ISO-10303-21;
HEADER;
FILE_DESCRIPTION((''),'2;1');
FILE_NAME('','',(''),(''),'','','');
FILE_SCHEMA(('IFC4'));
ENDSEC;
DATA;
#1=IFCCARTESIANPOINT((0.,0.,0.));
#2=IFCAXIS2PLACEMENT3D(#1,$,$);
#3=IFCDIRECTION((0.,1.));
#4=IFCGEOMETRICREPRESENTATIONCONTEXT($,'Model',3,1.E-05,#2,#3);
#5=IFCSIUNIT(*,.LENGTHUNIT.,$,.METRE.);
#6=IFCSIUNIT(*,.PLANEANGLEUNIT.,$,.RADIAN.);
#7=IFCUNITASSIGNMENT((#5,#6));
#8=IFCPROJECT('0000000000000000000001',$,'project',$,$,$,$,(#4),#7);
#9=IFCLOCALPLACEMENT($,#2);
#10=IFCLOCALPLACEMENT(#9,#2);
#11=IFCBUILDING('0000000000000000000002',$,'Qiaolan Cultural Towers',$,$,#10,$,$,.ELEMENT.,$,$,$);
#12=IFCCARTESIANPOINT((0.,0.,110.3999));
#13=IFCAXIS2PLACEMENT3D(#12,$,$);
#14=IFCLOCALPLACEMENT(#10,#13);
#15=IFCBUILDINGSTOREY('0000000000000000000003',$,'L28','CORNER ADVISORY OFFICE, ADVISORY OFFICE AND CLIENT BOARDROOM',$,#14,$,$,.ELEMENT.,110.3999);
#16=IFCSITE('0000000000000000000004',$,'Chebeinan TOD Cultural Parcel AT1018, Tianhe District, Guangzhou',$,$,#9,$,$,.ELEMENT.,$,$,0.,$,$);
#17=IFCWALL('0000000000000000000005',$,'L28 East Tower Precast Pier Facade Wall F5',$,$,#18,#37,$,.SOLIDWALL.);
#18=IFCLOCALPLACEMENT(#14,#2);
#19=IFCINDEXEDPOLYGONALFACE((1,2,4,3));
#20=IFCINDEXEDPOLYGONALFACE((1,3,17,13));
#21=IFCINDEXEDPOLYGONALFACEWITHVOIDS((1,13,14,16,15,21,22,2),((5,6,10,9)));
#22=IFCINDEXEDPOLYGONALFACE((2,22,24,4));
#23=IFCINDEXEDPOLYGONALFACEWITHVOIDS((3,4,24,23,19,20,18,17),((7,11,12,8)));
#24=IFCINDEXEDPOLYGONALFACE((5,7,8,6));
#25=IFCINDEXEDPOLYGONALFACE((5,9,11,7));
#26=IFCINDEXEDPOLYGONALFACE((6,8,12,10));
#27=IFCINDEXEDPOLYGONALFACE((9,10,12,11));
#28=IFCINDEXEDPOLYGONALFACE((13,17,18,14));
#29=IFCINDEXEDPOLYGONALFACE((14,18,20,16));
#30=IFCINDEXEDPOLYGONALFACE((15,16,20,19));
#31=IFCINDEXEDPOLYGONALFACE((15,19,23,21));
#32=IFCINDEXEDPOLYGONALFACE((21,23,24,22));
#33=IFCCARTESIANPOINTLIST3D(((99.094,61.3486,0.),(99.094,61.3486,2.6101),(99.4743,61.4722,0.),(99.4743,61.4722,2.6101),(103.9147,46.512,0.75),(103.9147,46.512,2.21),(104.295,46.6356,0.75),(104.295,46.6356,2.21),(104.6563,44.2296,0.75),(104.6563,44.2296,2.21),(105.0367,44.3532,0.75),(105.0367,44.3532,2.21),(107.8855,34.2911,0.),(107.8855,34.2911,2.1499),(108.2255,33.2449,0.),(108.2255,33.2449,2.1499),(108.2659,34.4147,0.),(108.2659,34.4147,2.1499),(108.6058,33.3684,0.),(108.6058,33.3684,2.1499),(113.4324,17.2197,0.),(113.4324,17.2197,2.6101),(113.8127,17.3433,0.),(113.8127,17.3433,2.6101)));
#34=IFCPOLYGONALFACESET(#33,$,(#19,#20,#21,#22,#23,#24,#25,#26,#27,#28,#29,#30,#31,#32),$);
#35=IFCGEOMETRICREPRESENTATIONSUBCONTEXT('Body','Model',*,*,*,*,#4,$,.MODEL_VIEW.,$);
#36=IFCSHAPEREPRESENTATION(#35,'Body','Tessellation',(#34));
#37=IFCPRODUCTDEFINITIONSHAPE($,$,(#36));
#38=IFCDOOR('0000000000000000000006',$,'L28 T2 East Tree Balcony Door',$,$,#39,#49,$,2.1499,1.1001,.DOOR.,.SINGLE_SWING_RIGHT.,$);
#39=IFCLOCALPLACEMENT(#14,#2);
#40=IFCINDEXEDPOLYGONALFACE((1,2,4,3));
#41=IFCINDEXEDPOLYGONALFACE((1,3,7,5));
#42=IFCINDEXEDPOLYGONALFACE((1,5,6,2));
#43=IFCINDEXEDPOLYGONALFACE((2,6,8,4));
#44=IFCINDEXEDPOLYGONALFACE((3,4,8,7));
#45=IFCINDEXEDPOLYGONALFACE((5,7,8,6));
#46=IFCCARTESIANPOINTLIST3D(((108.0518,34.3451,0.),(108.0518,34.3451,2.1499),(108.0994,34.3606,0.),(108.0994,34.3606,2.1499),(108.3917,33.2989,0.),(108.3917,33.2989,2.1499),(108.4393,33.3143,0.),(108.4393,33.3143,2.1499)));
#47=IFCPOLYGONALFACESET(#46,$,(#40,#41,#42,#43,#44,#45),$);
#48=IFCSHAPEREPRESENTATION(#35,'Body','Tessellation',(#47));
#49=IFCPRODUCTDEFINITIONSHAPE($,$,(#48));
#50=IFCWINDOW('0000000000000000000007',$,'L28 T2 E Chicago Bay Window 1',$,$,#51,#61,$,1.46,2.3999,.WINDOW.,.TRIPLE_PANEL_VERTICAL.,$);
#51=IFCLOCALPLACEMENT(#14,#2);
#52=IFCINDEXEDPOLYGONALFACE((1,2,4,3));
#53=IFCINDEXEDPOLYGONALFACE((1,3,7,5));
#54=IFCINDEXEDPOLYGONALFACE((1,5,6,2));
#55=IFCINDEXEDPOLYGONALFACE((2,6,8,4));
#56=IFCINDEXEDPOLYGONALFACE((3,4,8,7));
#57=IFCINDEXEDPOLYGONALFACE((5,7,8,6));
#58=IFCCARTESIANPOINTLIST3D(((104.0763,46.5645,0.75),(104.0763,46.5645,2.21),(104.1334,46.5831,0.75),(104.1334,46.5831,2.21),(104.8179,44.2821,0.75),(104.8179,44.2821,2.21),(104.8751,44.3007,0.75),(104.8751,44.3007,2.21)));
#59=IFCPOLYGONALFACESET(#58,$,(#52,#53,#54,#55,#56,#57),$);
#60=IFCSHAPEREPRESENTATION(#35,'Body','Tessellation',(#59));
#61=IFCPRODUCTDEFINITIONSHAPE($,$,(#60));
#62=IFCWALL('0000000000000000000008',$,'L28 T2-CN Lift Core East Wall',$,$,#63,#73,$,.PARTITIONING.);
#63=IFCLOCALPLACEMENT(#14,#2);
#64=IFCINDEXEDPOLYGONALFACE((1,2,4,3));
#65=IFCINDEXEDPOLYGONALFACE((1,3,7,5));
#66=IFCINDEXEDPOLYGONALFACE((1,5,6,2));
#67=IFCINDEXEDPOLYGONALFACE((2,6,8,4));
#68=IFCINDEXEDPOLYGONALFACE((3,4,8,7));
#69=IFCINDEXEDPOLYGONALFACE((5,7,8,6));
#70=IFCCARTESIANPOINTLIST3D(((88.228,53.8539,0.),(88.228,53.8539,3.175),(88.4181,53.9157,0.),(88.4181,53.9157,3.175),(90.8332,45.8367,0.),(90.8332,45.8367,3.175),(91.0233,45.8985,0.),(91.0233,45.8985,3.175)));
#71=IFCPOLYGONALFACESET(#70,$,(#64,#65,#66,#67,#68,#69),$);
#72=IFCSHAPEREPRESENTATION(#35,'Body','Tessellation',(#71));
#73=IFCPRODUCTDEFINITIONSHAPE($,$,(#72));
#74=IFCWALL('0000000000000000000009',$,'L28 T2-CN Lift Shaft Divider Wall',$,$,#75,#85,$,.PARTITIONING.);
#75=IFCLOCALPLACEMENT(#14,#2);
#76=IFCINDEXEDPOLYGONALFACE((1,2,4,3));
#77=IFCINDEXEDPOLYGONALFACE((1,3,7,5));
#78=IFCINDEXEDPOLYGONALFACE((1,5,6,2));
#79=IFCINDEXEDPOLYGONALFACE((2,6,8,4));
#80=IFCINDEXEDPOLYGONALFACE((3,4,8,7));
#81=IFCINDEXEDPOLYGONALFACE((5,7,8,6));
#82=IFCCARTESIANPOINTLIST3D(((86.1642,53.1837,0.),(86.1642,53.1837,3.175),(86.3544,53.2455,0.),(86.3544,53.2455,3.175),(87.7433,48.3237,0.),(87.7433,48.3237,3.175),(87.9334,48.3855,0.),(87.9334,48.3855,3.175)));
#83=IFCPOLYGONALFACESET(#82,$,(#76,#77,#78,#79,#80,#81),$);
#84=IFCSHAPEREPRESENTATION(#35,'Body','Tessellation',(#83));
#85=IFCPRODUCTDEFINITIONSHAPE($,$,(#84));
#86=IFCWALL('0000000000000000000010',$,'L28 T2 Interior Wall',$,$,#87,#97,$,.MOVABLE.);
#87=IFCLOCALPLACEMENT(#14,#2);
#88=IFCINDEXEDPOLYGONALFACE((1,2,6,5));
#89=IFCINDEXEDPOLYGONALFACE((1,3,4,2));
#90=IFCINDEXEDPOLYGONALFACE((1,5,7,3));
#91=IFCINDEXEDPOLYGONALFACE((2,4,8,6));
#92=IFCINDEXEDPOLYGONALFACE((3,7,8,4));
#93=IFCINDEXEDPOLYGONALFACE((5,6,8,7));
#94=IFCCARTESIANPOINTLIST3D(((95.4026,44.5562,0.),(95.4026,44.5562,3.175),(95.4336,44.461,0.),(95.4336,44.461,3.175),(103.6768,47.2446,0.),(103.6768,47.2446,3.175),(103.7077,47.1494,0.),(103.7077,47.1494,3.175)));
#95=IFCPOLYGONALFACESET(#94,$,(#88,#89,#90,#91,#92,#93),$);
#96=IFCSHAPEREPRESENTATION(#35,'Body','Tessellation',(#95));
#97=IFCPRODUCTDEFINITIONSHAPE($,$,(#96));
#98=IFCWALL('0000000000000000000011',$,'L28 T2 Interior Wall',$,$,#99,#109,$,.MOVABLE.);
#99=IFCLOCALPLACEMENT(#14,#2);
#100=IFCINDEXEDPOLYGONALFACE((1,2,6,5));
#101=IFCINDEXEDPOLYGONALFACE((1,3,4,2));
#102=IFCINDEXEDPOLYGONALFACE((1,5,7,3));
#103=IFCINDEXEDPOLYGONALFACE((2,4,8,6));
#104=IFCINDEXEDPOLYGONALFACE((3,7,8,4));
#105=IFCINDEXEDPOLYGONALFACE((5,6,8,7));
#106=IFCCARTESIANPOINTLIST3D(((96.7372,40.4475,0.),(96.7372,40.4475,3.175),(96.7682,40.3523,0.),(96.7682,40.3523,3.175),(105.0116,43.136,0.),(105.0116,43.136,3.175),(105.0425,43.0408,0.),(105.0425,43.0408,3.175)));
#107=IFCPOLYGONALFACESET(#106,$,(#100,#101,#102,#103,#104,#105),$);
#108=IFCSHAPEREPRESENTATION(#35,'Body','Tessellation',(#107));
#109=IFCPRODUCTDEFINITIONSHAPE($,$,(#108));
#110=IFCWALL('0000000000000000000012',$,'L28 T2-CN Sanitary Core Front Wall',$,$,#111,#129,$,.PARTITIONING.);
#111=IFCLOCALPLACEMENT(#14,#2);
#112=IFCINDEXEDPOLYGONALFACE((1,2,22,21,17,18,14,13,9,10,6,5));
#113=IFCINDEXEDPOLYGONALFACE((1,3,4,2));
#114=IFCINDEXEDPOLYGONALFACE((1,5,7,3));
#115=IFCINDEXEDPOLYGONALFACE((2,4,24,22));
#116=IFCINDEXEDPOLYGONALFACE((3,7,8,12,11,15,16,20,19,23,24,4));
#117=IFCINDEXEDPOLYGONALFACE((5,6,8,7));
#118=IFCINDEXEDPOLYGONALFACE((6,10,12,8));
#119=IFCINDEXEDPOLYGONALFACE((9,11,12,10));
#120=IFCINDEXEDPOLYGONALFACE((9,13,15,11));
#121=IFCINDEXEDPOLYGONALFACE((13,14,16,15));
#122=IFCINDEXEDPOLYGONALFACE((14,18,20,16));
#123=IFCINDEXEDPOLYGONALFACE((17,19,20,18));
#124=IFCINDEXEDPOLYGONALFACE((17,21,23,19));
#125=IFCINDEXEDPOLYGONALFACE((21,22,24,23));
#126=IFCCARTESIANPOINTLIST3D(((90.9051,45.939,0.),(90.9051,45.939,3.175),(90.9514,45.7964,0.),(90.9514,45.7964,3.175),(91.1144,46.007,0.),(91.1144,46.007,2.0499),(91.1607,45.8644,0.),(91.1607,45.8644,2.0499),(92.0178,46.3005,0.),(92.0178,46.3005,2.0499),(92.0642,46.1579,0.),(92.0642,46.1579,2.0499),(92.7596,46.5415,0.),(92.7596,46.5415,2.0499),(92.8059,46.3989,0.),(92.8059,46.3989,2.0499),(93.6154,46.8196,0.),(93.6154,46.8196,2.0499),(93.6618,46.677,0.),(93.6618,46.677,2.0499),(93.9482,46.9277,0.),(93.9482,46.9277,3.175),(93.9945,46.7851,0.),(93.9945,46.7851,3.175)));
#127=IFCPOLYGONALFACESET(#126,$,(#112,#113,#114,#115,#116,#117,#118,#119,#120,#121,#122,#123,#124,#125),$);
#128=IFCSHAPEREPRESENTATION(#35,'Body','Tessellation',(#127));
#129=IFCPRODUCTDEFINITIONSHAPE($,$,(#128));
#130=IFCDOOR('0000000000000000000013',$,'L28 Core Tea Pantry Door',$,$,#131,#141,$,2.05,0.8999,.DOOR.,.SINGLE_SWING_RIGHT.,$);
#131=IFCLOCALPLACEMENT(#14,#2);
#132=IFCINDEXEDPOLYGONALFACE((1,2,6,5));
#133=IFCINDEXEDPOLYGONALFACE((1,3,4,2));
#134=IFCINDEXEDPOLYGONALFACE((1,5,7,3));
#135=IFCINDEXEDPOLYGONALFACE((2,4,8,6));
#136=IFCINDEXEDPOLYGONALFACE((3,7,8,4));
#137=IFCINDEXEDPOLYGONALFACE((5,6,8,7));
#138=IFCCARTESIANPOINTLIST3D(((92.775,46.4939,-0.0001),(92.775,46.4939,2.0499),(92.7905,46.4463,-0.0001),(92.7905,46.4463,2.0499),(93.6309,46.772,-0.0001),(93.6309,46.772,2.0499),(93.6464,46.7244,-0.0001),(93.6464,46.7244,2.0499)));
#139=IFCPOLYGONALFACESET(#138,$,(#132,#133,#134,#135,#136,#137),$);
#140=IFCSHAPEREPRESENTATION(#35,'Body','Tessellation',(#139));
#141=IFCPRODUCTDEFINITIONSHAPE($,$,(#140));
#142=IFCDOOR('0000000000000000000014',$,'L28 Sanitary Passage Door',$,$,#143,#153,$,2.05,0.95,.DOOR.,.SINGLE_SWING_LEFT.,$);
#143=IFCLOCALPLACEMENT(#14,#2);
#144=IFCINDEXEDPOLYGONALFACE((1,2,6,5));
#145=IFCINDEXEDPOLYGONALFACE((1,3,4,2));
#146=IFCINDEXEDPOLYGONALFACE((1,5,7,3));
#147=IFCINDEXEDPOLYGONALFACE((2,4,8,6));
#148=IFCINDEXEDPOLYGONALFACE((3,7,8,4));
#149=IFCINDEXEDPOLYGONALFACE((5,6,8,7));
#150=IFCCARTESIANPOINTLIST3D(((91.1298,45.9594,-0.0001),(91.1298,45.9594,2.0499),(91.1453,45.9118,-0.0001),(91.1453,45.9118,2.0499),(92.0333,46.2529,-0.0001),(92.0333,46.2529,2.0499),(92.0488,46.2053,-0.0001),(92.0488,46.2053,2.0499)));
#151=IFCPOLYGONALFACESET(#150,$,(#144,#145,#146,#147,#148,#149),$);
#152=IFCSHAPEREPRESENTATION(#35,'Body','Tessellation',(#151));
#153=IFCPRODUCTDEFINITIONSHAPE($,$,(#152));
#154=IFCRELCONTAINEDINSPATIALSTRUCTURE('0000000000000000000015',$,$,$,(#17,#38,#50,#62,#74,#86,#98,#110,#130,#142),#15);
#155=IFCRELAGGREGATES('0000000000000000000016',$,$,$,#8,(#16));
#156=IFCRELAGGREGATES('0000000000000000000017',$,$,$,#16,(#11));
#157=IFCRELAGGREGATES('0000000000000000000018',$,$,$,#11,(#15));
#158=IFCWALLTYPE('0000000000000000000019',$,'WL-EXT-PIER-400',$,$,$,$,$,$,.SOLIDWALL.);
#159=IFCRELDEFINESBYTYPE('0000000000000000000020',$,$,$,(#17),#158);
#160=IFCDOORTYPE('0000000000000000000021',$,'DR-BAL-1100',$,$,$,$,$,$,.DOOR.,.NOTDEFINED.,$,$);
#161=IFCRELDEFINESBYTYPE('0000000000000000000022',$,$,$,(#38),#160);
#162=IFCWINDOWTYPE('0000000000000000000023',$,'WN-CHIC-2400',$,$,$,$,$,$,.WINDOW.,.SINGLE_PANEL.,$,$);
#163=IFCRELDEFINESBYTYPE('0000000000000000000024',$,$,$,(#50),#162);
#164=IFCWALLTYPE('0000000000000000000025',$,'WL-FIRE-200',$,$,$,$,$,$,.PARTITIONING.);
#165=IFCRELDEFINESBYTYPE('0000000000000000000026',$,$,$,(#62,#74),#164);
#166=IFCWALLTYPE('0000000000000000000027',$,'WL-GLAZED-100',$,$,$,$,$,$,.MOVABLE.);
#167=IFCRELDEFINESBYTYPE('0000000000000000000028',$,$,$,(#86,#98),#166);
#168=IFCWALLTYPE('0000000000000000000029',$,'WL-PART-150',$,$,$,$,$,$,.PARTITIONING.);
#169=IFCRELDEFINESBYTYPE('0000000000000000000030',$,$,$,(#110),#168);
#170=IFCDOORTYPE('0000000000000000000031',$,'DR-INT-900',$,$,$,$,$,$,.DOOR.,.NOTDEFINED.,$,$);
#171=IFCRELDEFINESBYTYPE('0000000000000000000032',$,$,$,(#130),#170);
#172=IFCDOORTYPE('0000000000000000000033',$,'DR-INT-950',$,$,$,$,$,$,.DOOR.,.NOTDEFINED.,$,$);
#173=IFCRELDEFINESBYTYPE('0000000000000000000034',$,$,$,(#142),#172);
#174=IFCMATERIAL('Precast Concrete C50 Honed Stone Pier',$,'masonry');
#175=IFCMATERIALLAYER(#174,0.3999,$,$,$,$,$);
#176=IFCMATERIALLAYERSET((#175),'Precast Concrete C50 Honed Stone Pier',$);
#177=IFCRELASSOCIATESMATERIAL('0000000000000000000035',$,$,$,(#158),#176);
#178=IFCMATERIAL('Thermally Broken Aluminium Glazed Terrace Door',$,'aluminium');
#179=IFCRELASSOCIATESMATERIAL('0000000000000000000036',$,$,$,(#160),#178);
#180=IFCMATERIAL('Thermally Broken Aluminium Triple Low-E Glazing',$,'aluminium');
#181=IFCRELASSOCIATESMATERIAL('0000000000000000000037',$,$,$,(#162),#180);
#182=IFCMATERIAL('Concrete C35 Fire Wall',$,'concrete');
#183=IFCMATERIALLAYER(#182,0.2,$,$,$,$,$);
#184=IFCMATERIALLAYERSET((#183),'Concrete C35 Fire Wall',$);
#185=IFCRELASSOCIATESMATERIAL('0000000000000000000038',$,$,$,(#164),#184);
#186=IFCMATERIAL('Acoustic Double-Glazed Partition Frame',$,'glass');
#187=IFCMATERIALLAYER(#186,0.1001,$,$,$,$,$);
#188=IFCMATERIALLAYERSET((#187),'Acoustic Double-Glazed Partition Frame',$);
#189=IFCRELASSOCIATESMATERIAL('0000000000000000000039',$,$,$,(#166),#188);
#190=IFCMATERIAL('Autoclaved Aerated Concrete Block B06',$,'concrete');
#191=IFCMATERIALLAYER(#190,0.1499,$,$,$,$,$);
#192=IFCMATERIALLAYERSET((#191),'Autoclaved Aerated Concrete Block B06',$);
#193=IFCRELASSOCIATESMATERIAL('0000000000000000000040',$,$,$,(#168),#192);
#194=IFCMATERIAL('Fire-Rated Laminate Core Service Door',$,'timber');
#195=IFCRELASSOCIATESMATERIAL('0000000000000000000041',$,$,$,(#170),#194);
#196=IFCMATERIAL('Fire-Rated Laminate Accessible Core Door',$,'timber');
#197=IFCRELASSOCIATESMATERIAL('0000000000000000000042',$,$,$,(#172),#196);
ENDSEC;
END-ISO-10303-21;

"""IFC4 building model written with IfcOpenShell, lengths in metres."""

from ifc_helpers import new_model, si_unit, direction, frame, frame_2d, origin, place, context, subcontext, project, spatial, rectangle, extrude, material, layer, layer_set, type_object, element, fill, save


model = new_model("IFC4")

# Units and contexts
model_context = context("Model", 3, precision=1e-05, world=origin(), true_north=direction((0.0, 1.0)))
body_context = subcontext(model_context, "Body", "Model", "MODEL_VIEW")
ifc_project = project(units=[si_unit("LENGTHUNIT", "METRE"), si_unit("PLANEANGLEUNIT", "RADIAN")], contexts=[model_context])

# Site, building, storey
site_placement = place(None, origin())
site = spatial("IfcSite", under=ifc_project, at=site_placement, Name="Chebeinan TOD Cultural Parcel AT1018, Tianhe District, Guangzhou", CompositionType="ELEMENT", RefElevation=0.0)
building_placement = place(site_placement, origin())
building = spatial("IfcBuilding", under=site, at=building_placement, Name="Qiaolan Cultural Towers", CompositionType="ELEMENT")
storey_placement = place(building_placement, frame((0.0, 0.0, 110.3999)))
storey = spatial("IfcBuildingStorey", under=building, at=storey_placement, Name="L28", Description="CORNER ADVISORY OFFICE, ADVISORY OFFICE AND CLIENT BOARDROOM", CompositionType="ELEMENT", Elevation=110.3999)

# Shared definitions
ifc_material_1 = material(Name="Precast Concrete C50 Honed Stone Pier", Category="masonry")
ifc_layer_1 = layer(ifc_material_1, 0.3999)
ifc_layer_set_1 = layer_set([ifc_layer_1], Name="Precast Concrete C50 Honed Stone Pier")
wall_type_1 = type_object("IfcWallType", Name="WL-EXT-PIER-400", PredefinedType="SOLIDWALL", material=ifc_layer_set_1)

# Wall, openings, door, window
wall_1_placement = place(storey_placement, frame((99.2842, 61.4104, 0.0), z_axis=(0.0, 0.0, 1.0), x_axis=(0.309018, -0.951056, 0.0)))
wall_1 = element("IfcWall", 1, at=wall_1_placement, inside=storey, type_object=wall_type_1, Name="L28 East Tower Precast Pier Facade Wall F5", PredefinedType="SOLIDWALL", context=body_context, shape_type="SweptSolid", body=[
    extrude(rectangle(XDim=46.3999, YDim=0.3999, at=frame_2d((23.2, 0.0))), origin(), (0.0, 0.0, 1.0), 2.6101),
])
opening_1_placement = place(wall_1_placement, frame((15.6001, 0.0, 0.75)))
opening_1 = element("IfcOpeningElement", 2, at=opening_1_placement, cuts=wall_1, PredefinedType="OPENING", context=body_context, shape_type="SweptSolid", body=[
    extrude(rectangle(XDim=2.3999, YDim=1.46, at=frame_2d((1.2, 0.73))), frame((0.0, 0.21, 0.0), z_axis=(0.0, -1.0, 0.0), x_axis=(1.0, 0.0, 0.0)), (0.0, 0.0, 1.0), 0.4199),
])
opening_2_placement = place(wall_1_placement, frame((28.45, 0.0, 0.0)))
opening_2 = element("IfcOpeningElement", 3, at=opening_2_placement, cuts=wall_1, PredefinedType="OPENING", context=body_context, shape_type="SweptSolid", body=[
    extrude(rectangle(XDim=1.1001, YDim=2.1499, at=frame_2d((0.55, 1.075))), frame((0.0, 0.21, 0.0), z_axis=(0.0, -1.0, 0.0), x_axis=(1.0, 0.0, 0.0)), (0.0, 0.0, 1.0), 0.4199),
])
ifc_material_2 = material(Name="Thermally Broken Aluminium Glazed Terrace Door", Category="aluminium")
door_type_1 = type_object("IfcDoorType", Name="DR-BAL-1100", OperationType="NOTDEFINED", PredefinedType="DOOR", material=ifc_material_2)
door_1_placement = place(opening_2_placement, origin())
door_1 = element("IfcDoor", 4, at=door_1_placement, inside=storey, type_object=door_type_1, Name="L28 T2 East Tree Balcony Door", OperationType="SINGLE_SWING_RIGHT", OverallHeight=2.1499, OverallWidth=1.1001, PredefinedType="DOOR", context=body_context, shape_type="SweptSolid", body=[
    extrude(rectangle(XDim=1.1001, YDim=2.1499, at=frame_2d((0.55, 1.075))), frame((0.0, 0.0249, 0.0), z_axis=(0.0, -1.0, 0.0), x_axis=(1.0, 0.0, 0.0)), (0.0, 0.0, 1.0), 0.05),
])
fill(opening_2, door_1)
ifc_material_3 = material(Name="Thermally Broken Aluminium Triple Low-E Glazing", Category="aluminium")
window_type = type_object("IfcWindowType", Name="WN-CHIC-2400", PartitioningType="SINGLE_PANEL", PredefinedType="WINDOW", material=ifc_material_3)
window_placement = place(opening_1_placement, origin())
window = element("IfcWindow", 5, at=window_placement, inside=storey, type_object=window_type, Name="L28 T2 E Chicago Bay Window 1", OverallHeight=1.46, OverallWidth=2.3999, PartitioningType="TRIPLE_PANEL_VERTICAL", PredefinedType="WINDOW", context=body_context, shape_type="SweptSolid", body=[
    extrude(rectangle(XDim=2.3999, YDim=1.46, at=frame_2d((1.2, 0.73))), frame((0.0, 0.03, 0.0), z_axis=(0.0, -1.0, 0.0), x_axis=(1.0, 0.0, 0.0)), (0.0, 0.0, 1.0), 0.0601),
])
fill(opening_1, window)

# Walls
ifc_material_4 = material(Name="Concrete C35 Fire Wall", Category="concrete")
ifc_layer_2 = layer(ifc_material_4, 0.2)
ifc_layer_set_2 = layer_set([ifc_layer_2], Name="Concrete C35 Fire Wall")
wall_type_2 = type_object("IfcWallType", Name="WL-FIRE-200", PredefinedType="PARTITIONING", material=ifc_layer_set_2)
wall_2_placement = place(storey_placement, frame((90.9282, 45.8677, 0.0), z_axis=(0.0, 0.0, 1.0), x_axis=(-0.309042, 0.951048, 0.0)))
element("IfcWall", 6, at=wall_2_placement, inside=storey, type_object=wall_type_2, Name="L28 T2-CN Lift Core East Wall", PredefinedType="PARTITIONING", context=body_context, shape_type="SweptSolid", body=[
    extrude(rectangle(XDim=8.4299, YDim=0.2, at=frame_2d((4.2148, 0.0))), origin(), (0.0, 0.0, 1.0), 3.175),
])
wall_3_placement = place(storey_placement, frame((87.8384, 48.3545, 0.0), z_axis=(0.0, 0.0, 1.0), x_axis=(-0.309009, 0.951059, 0.0)))
element("IfcWall", 7, at=wall_3_placement, inside=storey, type_object=wall_type_2, Name="L28 T2-CN Lift Shaft Divider Wall", PredefinedType="PARTITIONING", context=body_context, shape_type="SweptSolid", body=[
    extrude(rectangle(XDim=5.1101, YDim=0.2, at=frame_2d((2.5552, 0.0))), origin(), (0.0, 0.0, 1.0), 3.175),
])
ifc_material_5 = material(Name="Acoustic Double-Glazed Partition Frame", Category="glass")
ifc_layer_3 = layer(ifc_material_5, 0.1001)
ifc_layer_set_3 = layer_set([ifc_layer_3], Name="Acoustic Double-Glazed Partition Frame")
wall_type_3 = type_object("IfcWallType", Name="WL-GLAZED-100", PredefinedType="MOVABLE", material=ifc_layer_set_3)
wall_4_placement = place(storey_placement, frame((95.418, 44.5085, 0.0), z_axis=(0.0, 0.0, 1.0), x_axis=(0.951055, 0.309021, 0.0)))
element("IfcWall", 8, at=wall_4_placement, inside=storey, type_object=wall_type_3, Name="L28 T2 Interior Wall", PredefinedType="MOVABLE", context=body_context, shape_type="SweptSolid", body=[
    extrude(rectangle(XDim=8.7, YDim=0.1001, at=frame_2d((4.3501, 0.0))), origin(), (0.0, 0.0, 1.0), 3.175),
])
wall_5_placement = place(storey_placement, frame((96.7527, 40.3999, 0.0), z_axis=(0.0, 0.0, 1.0), x_axis=(0.951058, 0.309012, 0.0)))
element("IfcWall", 9, at=wall_5_placement, inside=storey, type_object=wall_type_3, Name="L28 T2 Interior Wall", PredefinedType="MOVABLE", context=body_context, shape_type="SweptSolid", body=[
    extrude(rectangle(XDim=8.7002, YDim=0.1001, at=frame_2d((4.3501, 0.0))), origin(), (0.0, 0.0, 1.0), 3.175),
])

# Wall, openings, doors
ifc_material_6 = material(Name="Autoclaved Aerated Concrete Block B06", Category="concrete")
ifc_layer_4 = layer(ifc_material_6, 0.1499)
ifc_layer_set_4 = layer_set([ifc_layer_4], Name="Autoclaved Aerated Concrete Block B06")
wall_type_4 = type_object("IfcWallType", Name="WL-PART-150", PredefinedType="PARTITIONING", material=ifc_layer_set_4)
wall_6_placement = place(storey_placement, frame((90.9282, 45.8677, 0.0), z_axis=(0.0, 0.0, 1.0), x_axis=(0.951059, 0.309008, 0.0)))
wall_6 = element("IfcWall", 10, at=wall_6_placement, inside=storey, type_object=wall_type_4, Name="L28 T2-CN Sanitary Core Front Wall", PredefinedType="PARTITIONING", context=body_context, shape_type="SweptSolid", body=[
    extrude(rectangle(XDim=3.1997, YDim=0.1499, at=frame_2d((1.5999, 0.0))), origin(), (0.0, 0.0, 1.0), 3.175),
])
opening_3_placement = place(wall_6_placement, frame((0.22, 0.0, 0.0)))
opening_3 = element("IfcOpeningElement", 11, at=opening_3_placement, cuts=wall_6, PredefinedType="OPENING", context=body_context, shape_type="SweptSolid", body=[
    extrude(rectangle(XDim=0.95, YDim=2.05, at=frame_2d((0.4751, 1.0249))), frame((0.0, 0.085, 0.0), z_axis=(0.0, -1.0, 0.0), x_axis=(1.0, 0.0, 0.0)), (0.0, 0.0, 1.0), 0.1699),
])
opening_4_placement = place(wall_6_placement, frame((1.95, 0.0, 0.0)))
opening_4 = element("IfcOpeningElement", 12, at=opening_4_placement, cuts=wall_6, PredefinedType="OPENING", context=body_context, shape_type="SweptSolid", body=[
    extrude(rectangle(XDim=0.8999, YDim=2.05, at=frame_2d((0.45, 1.0249))), frame((0.0, 0.085, 0.0), z_axis=(0.0, -1.0, 0.0), x_axis=(1.0, 0.0, 0.0)), (0.0, 0.0, 1.0), 0.1699),
])
ifc_material_7 = material(Name="Fire-Rated Laminate Core Service Door", Category="timber")
door_type_2 = type_object("IfcDoorType", Name="DR-INT-900", OperationType="NOTDEFINED", PredefinedType="DOOR", material=ifc_material_7)
door_2_placement = place(opening_4_placement, origin())
door_2 = element("IfcDoor", 13, at=door_2_placement, inside=storey, type_object=door_type_2, Name="L28 Core Tea Pantry Door", OperationType="SINGLE_SWING_RIGHT", OverallHeight=2.05, OverallWidth=0.8999, PredefinedType="DOOR", context=body_context, shape_type="SweptSolid", body=[
    extrude(rectangle(XDim=0.8999, YDim=2.05, at=frame_2d((0.45, 1.0249))), frame((0.0, 0.0249, 0.0), z_axis=(0.0, -1.0, 0.0), x_axis=(1.0, 0.0, 0.0)), (0.0, 0.0, 1.0), 0.05),
])
fill(opening_4, door_2)
ifc_material_8 = material(Name="Fire-Rated Laminate Accessible Core Door", Category="timber")
door_type_3 = type_object("IfcDoorType", Name="DR-INT-950", OperationType="NOTDEFINED", PredefinedType="DOOR", material=ifc_material_8)
door_3_placement = place(opening_3_placement, origin())
door_3 = element("IfcDoor", 14, at=door_3_placement, inside=storey, type_object=door_type_3, Name="L28 Sanitary Passage Door", OperationType="SINGLE_SWING_LEFT", OverallHeight=2.05, OverallWidth=0.95, PredefinedType="DOOR", context=body_context, shape_type="SweptSolid", body=[
    extrude(rectangle(XDim=0.95, YDim=2.05, at=frame_2d((0.4751, 1.0249))), frame((0.0, 0.0249, 0.0), z_axis=(0.0, -1.0, 0.0), x_axis=(1.0, 0.0, 0.0)), (0.0, 0.0, 1.0), 0.05),
])
fill(opening_3, door_3)

save(model, "model.ifc")
